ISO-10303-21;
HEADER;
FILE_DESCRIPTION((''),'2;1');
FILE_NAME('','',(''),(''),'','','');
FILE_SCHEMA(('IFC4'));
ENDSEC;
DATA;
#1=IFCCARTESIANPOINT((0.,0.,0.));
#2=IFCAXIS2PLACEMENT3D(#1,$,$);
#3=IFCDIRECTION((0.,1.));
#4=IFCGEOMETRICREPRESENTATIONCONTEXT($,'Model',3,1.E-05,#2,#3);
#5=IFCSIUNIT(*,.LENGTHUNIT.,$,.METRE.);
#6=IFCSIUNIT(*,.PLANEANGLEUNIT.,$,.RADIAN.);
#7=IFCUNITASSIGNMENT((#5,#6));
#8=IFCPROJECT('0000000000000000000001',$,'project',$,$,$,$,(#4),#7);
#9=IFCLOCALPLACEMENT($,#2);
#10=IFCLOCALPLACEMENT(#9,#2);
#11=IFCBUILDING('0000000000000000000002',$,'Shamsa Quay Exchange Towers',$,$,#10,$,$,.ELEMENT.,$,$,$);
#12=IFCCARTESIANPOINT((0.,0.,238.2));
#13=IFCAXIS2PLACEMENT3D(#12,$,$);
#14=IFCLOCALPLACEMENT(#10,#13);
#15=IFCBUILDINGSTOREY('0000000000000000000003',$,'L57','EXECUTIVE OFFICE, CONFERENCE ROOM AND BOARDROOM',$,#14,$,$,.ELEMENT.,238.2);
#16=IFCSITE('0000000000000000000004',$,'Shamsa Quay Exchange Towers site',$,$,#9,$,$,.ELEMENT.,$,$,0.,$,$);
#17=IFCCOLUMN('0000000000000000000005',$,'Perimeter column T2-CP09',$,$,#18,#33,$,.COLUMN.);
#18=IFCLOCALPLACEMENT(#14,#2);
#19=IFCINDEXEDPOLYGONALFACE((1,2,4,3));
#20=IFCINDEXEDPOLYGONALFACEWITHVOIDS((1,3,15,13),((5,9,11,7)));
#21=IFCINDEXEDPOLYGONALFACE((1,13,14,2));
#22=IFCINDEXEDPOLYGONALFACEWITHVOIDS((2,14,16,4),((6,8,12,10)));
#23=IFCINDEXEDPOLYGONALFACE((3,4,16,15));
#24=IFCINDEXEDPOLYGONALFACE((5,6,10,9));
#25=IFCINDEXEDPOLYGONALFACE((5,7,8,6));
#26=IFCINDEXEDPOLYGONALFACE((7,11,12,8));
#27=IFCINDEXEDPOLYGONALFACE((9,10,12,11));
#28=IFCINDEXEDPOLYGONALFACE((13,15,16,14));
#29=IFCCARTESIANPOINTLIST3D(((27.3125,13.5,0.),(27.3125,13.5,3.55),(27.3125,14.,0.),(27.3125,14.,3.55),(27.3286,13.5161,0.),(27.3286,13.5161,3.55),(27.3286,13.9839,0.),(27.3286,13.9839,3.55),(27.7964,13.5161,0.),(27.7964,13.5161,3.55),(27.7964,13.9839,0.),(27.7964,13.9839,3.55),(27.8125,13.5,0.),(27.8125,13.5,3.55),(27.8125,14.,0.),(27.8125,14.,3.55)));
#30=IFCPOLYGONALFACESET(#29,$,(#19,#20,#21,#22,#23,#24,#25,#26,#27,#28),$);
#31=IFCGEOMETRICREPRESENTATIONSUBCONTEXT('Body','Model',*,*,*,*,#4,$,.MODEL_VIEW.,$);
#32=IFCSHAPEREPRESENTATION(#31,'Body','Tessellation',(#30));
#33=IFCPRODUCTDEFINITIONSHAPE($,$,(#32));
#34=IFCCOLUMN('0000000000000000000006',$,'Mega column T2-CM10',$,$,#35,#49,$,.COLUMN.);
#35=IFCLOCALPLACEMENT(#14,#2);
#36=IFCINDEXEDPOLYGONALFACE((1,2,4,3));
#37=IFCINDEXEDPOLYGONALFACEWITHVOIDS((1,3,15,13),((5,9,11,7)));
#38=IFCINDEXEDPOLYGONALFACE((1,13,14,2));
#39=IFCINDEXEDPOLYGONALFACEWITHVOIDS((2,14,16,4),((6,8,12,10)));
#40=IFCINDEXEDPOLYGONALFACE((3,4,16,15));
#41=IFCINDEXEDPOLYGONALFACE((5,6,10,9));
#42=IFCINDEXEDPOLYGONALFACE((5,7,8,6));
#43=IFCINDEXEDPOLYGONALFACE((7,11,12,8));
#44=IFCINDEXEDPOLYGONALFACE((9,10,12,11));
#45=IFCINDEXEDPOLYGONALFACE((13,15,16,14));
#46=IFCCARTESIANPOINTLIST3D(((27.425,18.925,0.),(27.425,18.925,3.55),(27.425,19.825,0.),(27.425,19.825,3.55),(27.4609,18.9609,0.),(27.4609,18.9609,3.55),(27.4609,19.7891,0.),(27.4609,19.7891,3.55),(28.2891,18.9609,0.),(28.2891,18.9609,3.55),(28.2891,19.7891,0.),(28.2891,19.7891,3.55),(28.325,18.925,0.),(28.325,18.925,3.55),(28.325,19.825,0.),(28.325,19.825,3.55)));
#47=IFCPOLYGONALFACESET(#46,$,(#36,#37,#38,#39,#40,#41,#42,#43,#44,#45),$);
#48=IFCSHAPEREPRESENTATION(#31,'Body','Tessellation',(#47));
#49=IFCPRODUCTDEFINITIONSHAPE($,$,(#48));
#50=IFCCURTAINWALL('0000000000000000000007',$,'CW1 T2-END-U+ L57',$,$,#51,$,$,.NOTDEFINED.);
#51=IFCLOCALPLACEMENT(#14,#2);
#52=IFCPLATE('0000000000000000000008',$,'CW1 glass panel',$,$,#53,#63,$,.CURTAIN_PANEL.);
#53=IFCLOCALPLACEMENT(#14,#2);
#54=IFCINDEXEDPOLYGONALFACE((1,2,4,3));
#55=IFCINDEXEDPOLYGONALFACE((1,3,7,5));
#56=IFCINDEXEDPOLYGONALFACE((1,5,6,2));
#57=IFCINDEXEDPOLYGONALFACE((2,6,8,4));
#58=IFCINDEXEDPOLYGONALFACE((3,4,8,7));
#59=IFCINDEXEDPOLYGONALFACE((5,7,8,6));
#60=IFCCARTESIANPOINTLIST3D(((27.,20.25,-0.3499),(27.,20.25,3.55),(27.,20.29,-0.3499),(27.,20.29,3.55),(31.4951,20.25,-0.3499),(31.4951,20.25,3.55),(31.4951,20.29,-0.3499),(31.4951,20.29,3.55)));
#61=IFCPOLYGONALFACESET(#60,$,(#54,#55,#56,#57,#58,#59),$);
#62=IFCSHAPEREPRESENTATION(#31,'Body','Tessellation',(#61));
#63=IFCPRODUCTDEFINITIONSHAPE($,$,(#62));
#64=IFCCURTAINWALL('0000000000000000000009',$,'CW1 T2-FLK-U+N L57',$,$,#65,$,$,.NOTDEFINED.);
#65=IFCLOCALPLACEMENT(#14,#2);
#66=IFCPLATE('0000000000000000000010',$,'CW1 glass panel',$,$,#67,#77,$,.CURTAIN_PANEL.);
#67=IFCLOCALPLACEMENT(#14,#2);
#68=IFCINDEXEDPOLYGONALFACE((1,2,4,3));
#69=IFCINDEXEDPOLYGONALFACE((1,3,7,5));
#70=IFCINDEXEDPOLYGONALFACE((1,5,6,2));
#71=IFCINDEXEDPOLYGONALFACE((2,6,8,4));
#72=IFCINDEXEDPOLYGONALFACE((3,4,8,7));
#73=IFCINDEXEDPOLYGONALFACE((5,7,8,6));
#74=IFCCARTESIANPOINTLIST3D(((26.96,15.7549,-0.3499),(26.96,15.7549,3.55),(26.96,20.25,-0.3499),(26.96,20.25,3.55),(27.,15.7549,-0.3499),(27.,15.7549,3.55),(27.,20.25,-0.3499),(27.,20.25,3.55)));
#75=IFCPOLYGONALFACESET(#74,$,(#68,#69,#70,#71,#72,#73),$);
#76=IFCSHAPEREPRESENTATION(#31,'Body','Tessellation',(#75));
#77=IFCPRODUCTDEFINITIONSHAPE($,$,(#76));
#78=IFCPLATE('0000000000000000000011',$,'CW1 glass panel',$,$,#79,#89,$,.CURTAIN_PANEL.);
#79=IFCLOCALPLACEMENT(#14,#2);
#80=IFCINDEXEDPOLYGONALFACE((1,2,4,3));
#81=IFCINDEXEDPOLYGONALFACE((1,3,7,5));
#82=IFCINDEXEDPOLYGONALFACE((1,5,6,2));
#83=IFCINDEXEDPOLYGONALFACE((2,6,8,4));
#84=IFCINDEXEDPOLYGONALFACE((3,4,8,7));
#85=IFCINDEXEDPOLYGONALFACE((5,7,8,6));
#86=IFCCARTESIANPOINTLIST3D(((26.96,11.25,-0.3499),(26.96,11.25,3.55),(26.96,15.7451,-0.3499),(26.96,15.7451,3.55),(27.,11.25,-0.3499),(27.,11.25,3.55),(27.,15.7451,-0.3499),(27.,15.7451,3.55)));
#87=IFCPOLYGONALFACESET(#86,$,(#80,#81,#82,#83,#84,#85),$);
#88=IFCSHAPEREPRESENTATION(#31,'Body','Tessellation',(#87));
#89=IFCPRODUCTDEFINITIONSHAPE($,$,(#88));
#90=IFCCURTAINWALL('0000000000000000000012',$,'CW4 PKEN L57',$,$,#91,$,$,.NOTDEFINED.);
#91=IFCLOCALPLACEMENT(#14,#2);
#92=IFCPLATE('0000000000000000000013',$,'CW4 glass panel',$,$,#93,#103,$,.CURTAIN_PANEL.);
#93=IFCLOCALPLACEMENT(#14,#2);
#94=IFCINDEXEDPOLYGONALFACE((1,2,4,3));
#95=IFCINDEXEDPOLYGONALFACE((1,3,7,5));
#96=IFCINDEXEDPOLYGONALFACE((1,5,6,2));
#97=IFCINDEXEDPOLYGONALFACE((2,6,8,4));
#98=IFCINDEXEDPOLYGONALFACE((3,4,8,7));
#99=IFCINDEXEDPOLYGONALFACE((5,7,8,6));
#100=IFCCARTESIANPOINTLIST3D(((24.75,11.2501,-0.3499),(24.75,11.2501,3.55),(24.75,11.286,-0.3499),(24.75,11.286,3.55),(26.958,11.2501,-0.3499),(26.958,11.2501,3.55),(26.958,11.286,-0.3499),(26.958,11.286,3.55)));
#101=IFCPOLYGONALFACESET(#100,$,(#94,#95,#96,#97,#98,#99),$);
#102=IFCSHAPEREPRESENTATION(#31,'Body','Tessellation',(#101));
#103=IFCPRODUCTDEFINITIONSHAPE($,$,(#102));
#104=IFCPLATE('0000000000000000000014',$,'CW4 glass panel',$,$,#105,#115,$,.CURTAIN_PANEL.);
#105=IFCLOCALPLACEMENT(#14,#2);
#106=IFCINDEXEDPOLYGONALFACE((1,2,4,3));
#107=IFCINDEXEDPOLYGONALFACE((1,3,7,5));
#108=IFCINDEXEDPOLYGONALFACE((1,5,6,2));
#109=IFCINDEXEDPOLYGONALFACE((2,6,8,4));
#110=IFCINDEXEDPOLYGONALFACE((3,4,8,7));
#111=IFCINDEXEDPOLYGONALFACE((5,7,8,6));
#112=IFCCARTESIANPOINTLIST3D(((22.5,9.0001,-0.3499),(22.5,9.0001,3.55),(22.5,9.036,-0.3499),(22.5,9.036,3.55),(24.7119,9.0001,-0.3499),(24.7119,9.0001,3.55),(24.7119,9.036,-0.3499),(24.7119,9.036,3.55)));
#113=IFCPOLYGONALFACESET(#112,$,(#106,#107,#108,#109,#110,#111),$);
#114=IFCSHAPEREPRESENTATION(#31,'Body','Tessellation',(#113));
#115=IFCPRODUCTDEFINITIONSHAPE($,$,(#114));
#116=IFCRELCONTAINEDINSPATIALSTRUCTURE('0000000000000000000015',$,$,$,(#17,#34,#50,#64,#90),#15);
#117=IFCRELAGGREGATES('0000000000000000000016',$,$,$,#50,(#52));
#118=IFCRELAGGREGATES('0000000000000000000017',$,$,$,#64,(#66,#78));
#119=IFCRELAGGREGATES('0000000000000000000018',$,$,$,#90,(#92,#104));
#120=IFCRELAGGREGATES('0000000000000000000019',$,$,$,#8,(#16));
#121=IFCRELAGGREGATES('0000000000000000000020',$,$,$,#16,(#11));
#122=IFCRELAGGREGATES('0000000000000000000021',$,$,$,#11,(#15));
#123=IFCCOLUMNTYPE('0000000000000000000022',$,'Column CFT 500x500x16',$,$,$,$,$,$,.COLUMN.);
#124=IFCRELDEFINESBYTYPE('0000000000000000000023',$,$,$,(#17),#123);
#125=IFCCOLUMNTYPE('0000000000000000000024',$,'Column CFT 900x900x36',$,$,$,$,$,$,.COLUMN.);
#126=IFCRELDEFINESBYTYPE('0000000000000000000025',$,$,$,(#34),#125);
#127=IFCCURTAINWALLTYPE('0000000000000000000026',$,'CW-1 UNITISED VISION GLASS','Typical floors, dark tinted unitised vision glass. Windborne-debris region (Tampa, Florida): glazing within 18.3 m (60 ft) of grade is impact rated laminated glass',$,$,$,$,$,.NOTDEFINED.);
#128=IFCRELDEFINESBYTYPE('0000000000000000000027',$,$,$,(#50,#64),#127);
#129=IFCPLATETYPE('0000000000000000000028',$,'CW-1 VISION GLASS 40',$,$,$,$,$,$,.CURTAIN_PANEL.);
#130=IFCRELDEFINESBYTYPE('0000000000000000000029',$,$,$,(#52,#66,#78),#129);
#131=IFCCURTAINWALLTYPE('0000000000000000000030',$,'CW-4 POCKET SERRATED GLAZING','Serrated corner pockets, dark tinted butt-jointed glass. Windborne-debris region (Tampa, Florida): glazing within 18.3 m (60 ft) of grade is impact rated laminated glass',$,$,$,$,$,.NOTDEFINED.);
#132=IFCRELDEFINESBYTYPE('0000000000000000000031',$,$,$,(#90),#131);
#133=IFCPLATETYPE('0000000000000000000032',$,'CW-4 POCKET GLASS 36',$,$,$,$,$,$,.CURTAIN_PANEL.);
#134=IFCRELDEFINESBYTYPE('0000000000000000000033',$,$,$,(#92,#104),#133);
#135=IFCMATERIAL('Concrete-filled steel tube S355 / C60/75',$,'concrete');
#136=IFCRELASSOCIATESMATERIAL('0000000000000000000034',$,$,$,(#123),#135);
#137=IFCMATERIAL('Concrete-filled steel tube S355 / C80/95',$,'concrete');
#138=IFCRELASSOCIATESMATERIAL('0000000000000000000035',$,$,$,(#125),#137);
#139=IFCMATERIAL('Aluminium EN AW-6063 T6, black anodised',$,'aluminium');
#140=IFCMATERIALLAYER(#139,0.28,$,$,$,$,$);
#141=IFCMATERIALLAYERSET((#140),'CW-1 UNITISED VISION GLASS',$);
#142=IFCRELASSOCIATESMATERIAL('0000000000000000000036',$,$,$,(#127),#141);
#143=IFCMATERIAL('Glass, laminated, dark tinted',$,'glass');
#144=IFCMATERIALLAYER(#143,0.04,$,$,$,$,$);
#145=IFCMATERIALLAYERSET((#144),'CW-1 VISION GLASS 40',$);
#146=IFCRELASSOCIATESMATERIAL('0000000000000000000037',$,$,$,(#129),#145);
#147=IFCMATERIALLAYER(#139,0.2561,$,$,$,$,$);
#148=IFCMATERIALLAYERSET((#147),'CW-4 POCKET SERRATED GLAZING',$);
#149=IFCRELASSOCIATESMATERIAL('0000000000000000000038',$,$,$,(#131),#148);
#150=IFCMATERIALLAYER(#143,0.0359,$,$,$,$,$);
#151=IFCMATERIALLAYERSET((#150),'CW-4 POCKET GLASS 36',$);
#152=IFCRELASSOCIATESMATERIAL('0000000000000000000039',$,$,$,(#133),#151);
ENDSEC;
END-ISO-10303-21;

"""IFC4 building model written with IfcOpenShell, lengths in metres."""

from ifc_helpers import new_model, si_unit, direction, frame, origin, origin_2d, place, context, subcontext, project, spatial, rectangle, hollow_rectangle, extrude, material, layer, layer_set, material_profile, profile_set, type_object, element, aggregate, save


model = new_model("IFC4")

# Units and contexts
model_context = context("Model", 3, precision=1e-05, world=origin(), true_north=direction((0.0, 1.0)))
body_context = subcontext(model_context, "Body", "Model", "MODEL_VIEW")
ifc_project = project(units=[si_unit("LENGTHUNIT", "METRE"), si_unit("PLANEANGLEUNIT", "RADIAN")], contexts=[model_context])

# Site, building, storey
site_placement = place(None, origin())
site = spatial("IfcSite", under=ifc_project, at=site_placement, Name="Shamsa Quay Exchange Towers site", CompositionType="ELEMENT", RefElevation=0.0)
building_placement = place(site_placement, origin())
building = spatial("IfcBuilding", under=site, at=building_placement, Name="Shamsa Quay Exchange Towers", CompositionType="ELEMENT")
storey_placement = place(building_placement, frame((0.0, 0.0, 238.2)))
storey = spatial("IfcBuildingStorey", under=building, at=storey_placement, Name="L57", Description="EXECUTIVE OFFICE, CONFERENCE ROOM AND BOARDROOM", CompositionType="ELEMENT", Elevation=238.2)

# Columns
ifc_material_1 = material(Name="Concrete-filled steel tube S355 / C60/75", Category="concrete")
ifc_material_profile_1 = material_profile(ifc_material_1, hollow_rectangle(XDim=0.5, YDim=0.5, WallThickness=0.0161, at=origin_2d()), Name="CFT 500x500x16")
ifc_profile_set_1 = profile_set([ifc_material_profile_1], Name="Concrete-filled steel tube S355 / C60/75")
column_type_1 = type_object("IfcColumnType", Name="Column CFT 500x500x16", PredefinedType="COLUMN", material=ifc_profile_set_1)
column_1_placement = place(storey_placement, frame((27.5625, 13.75, 0.0)))
element("IfcColumn", 1, at=column_1_placement, inside=storey, type_object=column_type_1, Name="Perimeter column T2-CP09", PredefinedType="COLUMN", context=body_context, shape_type="SweptSolid", body=[
    extrude(hollow_rectangle(XDim=0.5, YDim=0.5, WallThickness=0.0161, at=origin_2d()), origin(), (0.0, 0.0, 1.0), 3.55),
])
ifc_material_2 = material(Name="Concrete-filled steel tube S355 / C80/95", Category="concrete")
ifc_material_profile_2 = material_profile(ifc_material_2, hollow_rectangle(XDim=0.8999, YDim=0.8999, WallThickness=0.0359, at=origin_2d()), Name="CFT 900x900x36")
ifc_profile_set_2 = profile_set([ifc_material_profile_2], Name="Concrete-filled steel tube S355 / C80/95")
column_type_2 = type_object("IfcColumnType", Name="Column CFT 900x900x36", PredefinedType="COLUMN", material=ifc_profile_set_2)
column_2_placement = place(storey_placement, frame((27.875, 19.375, 0.0)))
element("IfcColumn", 2, at=column_2_placement, inside=storey, type_object=column_type_2, Name="Mega column T2-CM10", PredefinedType="COLUMN", context=body_context, shape_type="SweptSolid", body=[
    extrude(hollow_rectangle(XDim=0.8999, YDim=0.8999, WallThickness=0.0359, at=origin_2d()), origin(), (0.0, 0.0, 1.0), 3.55),
])

# Curtain wall, plate
ifc_material_3 = material(Name="Aluminium EN AW-6063 T6, black anodised", Category="aluminium")
ifc_layer_1 = layer(ifc_material_3, 0.28)
ifc_layer_set_1 = layer_set([ifc_layer_1], Name="CW-1 UNITISED VISION GLASS")
curtain_wall_type_1 = type_object("IfcCurtainWallType", Name="CW-1 UNITISED VISION GLASS", Description="Typical floors, dark tinted unitised vision glass. Windborne-debris region (Tampa, Florida): glazing within 18.3 m (60 ft) of grade is impact rated laminated glass", PredefinedType="NOTDEFINED", material=ifc_layer_set_1)
curtain_wall_1_placement = place(storey_placement, origin())
curtain_wall_1 = element("IfcCurtainWall", 3, at=curtain_wall_1_placement, inside=storey, type_object=curtain_wall_type_1, Name="CW1 T2-END-U+ L57", PredefinedType="NOTDEFINED")
ifc_material_4 = material(Name="Glass, laminated, dark tinted", Category="glass")
ifc_layer_2 = layer(ifc_material_4, 0.04)
ifc_layer_set_2 = layer_set([ifc_layer_2], Name="CW-1 VISION GLASS 40")
plate_type_1 = type_object("IfcPlateType", Name="CW-1 VISION GLASS 40", PredefinedType="CURTAIN_PANEL", material=ifc_layer_set_2)
plate_1_placement = place(storey_placement, frame((29.2476, 20.27, -0.3499), z_axis=(0.0, 0.0, 1.0), x_axis=(-1.0, 0.0, 0.0)))
plate_1 = element("IfcPlate", 4, at=plate_1_placement, type_object=plate_type_1, Name="CW1 glass panel", PredefinedType="CURTAIN_PANEL", context=body_context, shape_type="SweptSolid", body=[
    extrude(rectangle(XDim=4.4951, YDim=0.04, at=origin_2d()), origin(), (0.0, 0.0, 1.0), 3.8999),
])
aggregate(curtain_wall_1, [plate_1])

# Curtain walls, plates
curtain_wall_2_placement = place(storey_placement, origin())
curtain_wall_2 = element("IfcCurtainWall", 5, at=curtain_wall_2_placement, inside=storey, type_object=curtain_wall_type_1, Name="CW1 T2-FLK-U+N L57", PredefinedType="NOTDEFINED")
plate_2_placement = place(storey_placement, frame((26.98, 18.0024, -0.3499), z_axis=(0.0, 0.0, 1.0), x_axis=(0.0, -1.0, 0.0)))
plate_2 = element("IfcPlate", 6, at=plate_2_placement, type_object=plate_type_1, Name="CW1 glass panel", PredefinedType="CURTAIN_PANEL", context=body_context, shape_type="SweptSolid", body=[
    extrude(rectangle(XDim=4.4951, YDim=0.04, at=origin_2d()), origin(), (0.0, 0.0, 1.0), 3.8999),
])
plate_3_placement = place(storey_placement, frame((26.98, 13.4976, -0.3499), z_axis=(0.0, 0.0, 1.0), x_axis=(0.0, -1.0, 0.0)))
plate_3 = element("IfcPlate", 7, at=plate_3_placement, type_object=plate_type_1, Name="CW1 glass panel", PredefinedType="CURTAIN_PANEL", context=body_context, shape_type="SweptSolid", body=[
    extrude(rectangle(XDim=4.4951, YDim=0.04, at=origin_2d()), origin(), (0.0, 0.0, 1.0), 3.8999),
])
aggregate(curtain_wall_2, [plate_2, plate_3])
ifc_layer_3 = layer(ifc_material_3, 0.2561)
ifc_layer_set_3 = layer_set([ifc_layer_3], Name="CW-4 POCKET SERRATED GLAZING")
curtain_wall_type_2 = type_object("IfcCurtainWallType", Name="CW-4 POCKET SERRATED GLAZING", Description="Serrated corner pockets, dark tinted butt-jointed glass. Windborne-debris region (Tampa, Florida): glazing within 18.3 m (60 ft) of grade is impact rated laminated glass", PredefinedType="NOTDEFINED", material=ifc_layer_set_3)
curtain_wall_3_placement = place(storey_placement, origin())
curtain_wall_3 = element("IfcCurtainWall", 8, at=curtain_wall_3_placement, inside=storey, type_object=curtain_wall_type_2, Name="CW4 PKEN L57", PredefinedType="NOTDEFINED")
ifc_layer_4 = layer(ifc_material_4, 0.0359)
ifc_layer_set_4 = layer_set([ifc_layer_4], Name="CW-4 POCKET GLASS 36")
plate_type_2 = type_object("IfcPlateType", Name="CW-4 POCKET GLASS 36", PredefinedType="CURTAIN_PANEL", material=ifc_layer_set_4)
plate_4_placement = place(storey_placement, frame((25.854, 11.2681, -0.3499), z_axis=(0.0, 0.0, 1.0), x_axis=(-1.0, 0.0, 0.0)))
plate_4 = element("IfcPlate", 9, at=plate_4_placement, type_object=plate_type_2, Name="CW4 glass panel", PredefinedType="CURTAIN_PANEL", context=body_context, shape_type="SweptSolid", body=[
    extrude(rectangle(XDim=2.208, YDim=0.0359, at=origin_2d()), origin(), (0.0, 0.0, 1.0), 3.8999),
])
plate_5_placement = place(storey_placement, frame((23.606, 9.0181, -0.3499), z_axis=(0.0, 0.0, 1.0), x_axis=(-1.0, 0.0, 0.0)))
plate_5 = element("IfcPlate", 10, at=plate_5_placement, type_object=plate_type_2, Name="CW4 glass panel", PredefinedType="CURTAIN_PANEL", context=body_context, shape_type="SweptSolid", body=[
    extrude(rectangle(XDim=2.2119, YDim=0.0359, at=origin_2d()), origin(), (0.0, 0.0, 1.0), 3.8999),
])
aggregate(curtain_wall_3, [plate_4, plate_5])

save(model, "model.ifc")
